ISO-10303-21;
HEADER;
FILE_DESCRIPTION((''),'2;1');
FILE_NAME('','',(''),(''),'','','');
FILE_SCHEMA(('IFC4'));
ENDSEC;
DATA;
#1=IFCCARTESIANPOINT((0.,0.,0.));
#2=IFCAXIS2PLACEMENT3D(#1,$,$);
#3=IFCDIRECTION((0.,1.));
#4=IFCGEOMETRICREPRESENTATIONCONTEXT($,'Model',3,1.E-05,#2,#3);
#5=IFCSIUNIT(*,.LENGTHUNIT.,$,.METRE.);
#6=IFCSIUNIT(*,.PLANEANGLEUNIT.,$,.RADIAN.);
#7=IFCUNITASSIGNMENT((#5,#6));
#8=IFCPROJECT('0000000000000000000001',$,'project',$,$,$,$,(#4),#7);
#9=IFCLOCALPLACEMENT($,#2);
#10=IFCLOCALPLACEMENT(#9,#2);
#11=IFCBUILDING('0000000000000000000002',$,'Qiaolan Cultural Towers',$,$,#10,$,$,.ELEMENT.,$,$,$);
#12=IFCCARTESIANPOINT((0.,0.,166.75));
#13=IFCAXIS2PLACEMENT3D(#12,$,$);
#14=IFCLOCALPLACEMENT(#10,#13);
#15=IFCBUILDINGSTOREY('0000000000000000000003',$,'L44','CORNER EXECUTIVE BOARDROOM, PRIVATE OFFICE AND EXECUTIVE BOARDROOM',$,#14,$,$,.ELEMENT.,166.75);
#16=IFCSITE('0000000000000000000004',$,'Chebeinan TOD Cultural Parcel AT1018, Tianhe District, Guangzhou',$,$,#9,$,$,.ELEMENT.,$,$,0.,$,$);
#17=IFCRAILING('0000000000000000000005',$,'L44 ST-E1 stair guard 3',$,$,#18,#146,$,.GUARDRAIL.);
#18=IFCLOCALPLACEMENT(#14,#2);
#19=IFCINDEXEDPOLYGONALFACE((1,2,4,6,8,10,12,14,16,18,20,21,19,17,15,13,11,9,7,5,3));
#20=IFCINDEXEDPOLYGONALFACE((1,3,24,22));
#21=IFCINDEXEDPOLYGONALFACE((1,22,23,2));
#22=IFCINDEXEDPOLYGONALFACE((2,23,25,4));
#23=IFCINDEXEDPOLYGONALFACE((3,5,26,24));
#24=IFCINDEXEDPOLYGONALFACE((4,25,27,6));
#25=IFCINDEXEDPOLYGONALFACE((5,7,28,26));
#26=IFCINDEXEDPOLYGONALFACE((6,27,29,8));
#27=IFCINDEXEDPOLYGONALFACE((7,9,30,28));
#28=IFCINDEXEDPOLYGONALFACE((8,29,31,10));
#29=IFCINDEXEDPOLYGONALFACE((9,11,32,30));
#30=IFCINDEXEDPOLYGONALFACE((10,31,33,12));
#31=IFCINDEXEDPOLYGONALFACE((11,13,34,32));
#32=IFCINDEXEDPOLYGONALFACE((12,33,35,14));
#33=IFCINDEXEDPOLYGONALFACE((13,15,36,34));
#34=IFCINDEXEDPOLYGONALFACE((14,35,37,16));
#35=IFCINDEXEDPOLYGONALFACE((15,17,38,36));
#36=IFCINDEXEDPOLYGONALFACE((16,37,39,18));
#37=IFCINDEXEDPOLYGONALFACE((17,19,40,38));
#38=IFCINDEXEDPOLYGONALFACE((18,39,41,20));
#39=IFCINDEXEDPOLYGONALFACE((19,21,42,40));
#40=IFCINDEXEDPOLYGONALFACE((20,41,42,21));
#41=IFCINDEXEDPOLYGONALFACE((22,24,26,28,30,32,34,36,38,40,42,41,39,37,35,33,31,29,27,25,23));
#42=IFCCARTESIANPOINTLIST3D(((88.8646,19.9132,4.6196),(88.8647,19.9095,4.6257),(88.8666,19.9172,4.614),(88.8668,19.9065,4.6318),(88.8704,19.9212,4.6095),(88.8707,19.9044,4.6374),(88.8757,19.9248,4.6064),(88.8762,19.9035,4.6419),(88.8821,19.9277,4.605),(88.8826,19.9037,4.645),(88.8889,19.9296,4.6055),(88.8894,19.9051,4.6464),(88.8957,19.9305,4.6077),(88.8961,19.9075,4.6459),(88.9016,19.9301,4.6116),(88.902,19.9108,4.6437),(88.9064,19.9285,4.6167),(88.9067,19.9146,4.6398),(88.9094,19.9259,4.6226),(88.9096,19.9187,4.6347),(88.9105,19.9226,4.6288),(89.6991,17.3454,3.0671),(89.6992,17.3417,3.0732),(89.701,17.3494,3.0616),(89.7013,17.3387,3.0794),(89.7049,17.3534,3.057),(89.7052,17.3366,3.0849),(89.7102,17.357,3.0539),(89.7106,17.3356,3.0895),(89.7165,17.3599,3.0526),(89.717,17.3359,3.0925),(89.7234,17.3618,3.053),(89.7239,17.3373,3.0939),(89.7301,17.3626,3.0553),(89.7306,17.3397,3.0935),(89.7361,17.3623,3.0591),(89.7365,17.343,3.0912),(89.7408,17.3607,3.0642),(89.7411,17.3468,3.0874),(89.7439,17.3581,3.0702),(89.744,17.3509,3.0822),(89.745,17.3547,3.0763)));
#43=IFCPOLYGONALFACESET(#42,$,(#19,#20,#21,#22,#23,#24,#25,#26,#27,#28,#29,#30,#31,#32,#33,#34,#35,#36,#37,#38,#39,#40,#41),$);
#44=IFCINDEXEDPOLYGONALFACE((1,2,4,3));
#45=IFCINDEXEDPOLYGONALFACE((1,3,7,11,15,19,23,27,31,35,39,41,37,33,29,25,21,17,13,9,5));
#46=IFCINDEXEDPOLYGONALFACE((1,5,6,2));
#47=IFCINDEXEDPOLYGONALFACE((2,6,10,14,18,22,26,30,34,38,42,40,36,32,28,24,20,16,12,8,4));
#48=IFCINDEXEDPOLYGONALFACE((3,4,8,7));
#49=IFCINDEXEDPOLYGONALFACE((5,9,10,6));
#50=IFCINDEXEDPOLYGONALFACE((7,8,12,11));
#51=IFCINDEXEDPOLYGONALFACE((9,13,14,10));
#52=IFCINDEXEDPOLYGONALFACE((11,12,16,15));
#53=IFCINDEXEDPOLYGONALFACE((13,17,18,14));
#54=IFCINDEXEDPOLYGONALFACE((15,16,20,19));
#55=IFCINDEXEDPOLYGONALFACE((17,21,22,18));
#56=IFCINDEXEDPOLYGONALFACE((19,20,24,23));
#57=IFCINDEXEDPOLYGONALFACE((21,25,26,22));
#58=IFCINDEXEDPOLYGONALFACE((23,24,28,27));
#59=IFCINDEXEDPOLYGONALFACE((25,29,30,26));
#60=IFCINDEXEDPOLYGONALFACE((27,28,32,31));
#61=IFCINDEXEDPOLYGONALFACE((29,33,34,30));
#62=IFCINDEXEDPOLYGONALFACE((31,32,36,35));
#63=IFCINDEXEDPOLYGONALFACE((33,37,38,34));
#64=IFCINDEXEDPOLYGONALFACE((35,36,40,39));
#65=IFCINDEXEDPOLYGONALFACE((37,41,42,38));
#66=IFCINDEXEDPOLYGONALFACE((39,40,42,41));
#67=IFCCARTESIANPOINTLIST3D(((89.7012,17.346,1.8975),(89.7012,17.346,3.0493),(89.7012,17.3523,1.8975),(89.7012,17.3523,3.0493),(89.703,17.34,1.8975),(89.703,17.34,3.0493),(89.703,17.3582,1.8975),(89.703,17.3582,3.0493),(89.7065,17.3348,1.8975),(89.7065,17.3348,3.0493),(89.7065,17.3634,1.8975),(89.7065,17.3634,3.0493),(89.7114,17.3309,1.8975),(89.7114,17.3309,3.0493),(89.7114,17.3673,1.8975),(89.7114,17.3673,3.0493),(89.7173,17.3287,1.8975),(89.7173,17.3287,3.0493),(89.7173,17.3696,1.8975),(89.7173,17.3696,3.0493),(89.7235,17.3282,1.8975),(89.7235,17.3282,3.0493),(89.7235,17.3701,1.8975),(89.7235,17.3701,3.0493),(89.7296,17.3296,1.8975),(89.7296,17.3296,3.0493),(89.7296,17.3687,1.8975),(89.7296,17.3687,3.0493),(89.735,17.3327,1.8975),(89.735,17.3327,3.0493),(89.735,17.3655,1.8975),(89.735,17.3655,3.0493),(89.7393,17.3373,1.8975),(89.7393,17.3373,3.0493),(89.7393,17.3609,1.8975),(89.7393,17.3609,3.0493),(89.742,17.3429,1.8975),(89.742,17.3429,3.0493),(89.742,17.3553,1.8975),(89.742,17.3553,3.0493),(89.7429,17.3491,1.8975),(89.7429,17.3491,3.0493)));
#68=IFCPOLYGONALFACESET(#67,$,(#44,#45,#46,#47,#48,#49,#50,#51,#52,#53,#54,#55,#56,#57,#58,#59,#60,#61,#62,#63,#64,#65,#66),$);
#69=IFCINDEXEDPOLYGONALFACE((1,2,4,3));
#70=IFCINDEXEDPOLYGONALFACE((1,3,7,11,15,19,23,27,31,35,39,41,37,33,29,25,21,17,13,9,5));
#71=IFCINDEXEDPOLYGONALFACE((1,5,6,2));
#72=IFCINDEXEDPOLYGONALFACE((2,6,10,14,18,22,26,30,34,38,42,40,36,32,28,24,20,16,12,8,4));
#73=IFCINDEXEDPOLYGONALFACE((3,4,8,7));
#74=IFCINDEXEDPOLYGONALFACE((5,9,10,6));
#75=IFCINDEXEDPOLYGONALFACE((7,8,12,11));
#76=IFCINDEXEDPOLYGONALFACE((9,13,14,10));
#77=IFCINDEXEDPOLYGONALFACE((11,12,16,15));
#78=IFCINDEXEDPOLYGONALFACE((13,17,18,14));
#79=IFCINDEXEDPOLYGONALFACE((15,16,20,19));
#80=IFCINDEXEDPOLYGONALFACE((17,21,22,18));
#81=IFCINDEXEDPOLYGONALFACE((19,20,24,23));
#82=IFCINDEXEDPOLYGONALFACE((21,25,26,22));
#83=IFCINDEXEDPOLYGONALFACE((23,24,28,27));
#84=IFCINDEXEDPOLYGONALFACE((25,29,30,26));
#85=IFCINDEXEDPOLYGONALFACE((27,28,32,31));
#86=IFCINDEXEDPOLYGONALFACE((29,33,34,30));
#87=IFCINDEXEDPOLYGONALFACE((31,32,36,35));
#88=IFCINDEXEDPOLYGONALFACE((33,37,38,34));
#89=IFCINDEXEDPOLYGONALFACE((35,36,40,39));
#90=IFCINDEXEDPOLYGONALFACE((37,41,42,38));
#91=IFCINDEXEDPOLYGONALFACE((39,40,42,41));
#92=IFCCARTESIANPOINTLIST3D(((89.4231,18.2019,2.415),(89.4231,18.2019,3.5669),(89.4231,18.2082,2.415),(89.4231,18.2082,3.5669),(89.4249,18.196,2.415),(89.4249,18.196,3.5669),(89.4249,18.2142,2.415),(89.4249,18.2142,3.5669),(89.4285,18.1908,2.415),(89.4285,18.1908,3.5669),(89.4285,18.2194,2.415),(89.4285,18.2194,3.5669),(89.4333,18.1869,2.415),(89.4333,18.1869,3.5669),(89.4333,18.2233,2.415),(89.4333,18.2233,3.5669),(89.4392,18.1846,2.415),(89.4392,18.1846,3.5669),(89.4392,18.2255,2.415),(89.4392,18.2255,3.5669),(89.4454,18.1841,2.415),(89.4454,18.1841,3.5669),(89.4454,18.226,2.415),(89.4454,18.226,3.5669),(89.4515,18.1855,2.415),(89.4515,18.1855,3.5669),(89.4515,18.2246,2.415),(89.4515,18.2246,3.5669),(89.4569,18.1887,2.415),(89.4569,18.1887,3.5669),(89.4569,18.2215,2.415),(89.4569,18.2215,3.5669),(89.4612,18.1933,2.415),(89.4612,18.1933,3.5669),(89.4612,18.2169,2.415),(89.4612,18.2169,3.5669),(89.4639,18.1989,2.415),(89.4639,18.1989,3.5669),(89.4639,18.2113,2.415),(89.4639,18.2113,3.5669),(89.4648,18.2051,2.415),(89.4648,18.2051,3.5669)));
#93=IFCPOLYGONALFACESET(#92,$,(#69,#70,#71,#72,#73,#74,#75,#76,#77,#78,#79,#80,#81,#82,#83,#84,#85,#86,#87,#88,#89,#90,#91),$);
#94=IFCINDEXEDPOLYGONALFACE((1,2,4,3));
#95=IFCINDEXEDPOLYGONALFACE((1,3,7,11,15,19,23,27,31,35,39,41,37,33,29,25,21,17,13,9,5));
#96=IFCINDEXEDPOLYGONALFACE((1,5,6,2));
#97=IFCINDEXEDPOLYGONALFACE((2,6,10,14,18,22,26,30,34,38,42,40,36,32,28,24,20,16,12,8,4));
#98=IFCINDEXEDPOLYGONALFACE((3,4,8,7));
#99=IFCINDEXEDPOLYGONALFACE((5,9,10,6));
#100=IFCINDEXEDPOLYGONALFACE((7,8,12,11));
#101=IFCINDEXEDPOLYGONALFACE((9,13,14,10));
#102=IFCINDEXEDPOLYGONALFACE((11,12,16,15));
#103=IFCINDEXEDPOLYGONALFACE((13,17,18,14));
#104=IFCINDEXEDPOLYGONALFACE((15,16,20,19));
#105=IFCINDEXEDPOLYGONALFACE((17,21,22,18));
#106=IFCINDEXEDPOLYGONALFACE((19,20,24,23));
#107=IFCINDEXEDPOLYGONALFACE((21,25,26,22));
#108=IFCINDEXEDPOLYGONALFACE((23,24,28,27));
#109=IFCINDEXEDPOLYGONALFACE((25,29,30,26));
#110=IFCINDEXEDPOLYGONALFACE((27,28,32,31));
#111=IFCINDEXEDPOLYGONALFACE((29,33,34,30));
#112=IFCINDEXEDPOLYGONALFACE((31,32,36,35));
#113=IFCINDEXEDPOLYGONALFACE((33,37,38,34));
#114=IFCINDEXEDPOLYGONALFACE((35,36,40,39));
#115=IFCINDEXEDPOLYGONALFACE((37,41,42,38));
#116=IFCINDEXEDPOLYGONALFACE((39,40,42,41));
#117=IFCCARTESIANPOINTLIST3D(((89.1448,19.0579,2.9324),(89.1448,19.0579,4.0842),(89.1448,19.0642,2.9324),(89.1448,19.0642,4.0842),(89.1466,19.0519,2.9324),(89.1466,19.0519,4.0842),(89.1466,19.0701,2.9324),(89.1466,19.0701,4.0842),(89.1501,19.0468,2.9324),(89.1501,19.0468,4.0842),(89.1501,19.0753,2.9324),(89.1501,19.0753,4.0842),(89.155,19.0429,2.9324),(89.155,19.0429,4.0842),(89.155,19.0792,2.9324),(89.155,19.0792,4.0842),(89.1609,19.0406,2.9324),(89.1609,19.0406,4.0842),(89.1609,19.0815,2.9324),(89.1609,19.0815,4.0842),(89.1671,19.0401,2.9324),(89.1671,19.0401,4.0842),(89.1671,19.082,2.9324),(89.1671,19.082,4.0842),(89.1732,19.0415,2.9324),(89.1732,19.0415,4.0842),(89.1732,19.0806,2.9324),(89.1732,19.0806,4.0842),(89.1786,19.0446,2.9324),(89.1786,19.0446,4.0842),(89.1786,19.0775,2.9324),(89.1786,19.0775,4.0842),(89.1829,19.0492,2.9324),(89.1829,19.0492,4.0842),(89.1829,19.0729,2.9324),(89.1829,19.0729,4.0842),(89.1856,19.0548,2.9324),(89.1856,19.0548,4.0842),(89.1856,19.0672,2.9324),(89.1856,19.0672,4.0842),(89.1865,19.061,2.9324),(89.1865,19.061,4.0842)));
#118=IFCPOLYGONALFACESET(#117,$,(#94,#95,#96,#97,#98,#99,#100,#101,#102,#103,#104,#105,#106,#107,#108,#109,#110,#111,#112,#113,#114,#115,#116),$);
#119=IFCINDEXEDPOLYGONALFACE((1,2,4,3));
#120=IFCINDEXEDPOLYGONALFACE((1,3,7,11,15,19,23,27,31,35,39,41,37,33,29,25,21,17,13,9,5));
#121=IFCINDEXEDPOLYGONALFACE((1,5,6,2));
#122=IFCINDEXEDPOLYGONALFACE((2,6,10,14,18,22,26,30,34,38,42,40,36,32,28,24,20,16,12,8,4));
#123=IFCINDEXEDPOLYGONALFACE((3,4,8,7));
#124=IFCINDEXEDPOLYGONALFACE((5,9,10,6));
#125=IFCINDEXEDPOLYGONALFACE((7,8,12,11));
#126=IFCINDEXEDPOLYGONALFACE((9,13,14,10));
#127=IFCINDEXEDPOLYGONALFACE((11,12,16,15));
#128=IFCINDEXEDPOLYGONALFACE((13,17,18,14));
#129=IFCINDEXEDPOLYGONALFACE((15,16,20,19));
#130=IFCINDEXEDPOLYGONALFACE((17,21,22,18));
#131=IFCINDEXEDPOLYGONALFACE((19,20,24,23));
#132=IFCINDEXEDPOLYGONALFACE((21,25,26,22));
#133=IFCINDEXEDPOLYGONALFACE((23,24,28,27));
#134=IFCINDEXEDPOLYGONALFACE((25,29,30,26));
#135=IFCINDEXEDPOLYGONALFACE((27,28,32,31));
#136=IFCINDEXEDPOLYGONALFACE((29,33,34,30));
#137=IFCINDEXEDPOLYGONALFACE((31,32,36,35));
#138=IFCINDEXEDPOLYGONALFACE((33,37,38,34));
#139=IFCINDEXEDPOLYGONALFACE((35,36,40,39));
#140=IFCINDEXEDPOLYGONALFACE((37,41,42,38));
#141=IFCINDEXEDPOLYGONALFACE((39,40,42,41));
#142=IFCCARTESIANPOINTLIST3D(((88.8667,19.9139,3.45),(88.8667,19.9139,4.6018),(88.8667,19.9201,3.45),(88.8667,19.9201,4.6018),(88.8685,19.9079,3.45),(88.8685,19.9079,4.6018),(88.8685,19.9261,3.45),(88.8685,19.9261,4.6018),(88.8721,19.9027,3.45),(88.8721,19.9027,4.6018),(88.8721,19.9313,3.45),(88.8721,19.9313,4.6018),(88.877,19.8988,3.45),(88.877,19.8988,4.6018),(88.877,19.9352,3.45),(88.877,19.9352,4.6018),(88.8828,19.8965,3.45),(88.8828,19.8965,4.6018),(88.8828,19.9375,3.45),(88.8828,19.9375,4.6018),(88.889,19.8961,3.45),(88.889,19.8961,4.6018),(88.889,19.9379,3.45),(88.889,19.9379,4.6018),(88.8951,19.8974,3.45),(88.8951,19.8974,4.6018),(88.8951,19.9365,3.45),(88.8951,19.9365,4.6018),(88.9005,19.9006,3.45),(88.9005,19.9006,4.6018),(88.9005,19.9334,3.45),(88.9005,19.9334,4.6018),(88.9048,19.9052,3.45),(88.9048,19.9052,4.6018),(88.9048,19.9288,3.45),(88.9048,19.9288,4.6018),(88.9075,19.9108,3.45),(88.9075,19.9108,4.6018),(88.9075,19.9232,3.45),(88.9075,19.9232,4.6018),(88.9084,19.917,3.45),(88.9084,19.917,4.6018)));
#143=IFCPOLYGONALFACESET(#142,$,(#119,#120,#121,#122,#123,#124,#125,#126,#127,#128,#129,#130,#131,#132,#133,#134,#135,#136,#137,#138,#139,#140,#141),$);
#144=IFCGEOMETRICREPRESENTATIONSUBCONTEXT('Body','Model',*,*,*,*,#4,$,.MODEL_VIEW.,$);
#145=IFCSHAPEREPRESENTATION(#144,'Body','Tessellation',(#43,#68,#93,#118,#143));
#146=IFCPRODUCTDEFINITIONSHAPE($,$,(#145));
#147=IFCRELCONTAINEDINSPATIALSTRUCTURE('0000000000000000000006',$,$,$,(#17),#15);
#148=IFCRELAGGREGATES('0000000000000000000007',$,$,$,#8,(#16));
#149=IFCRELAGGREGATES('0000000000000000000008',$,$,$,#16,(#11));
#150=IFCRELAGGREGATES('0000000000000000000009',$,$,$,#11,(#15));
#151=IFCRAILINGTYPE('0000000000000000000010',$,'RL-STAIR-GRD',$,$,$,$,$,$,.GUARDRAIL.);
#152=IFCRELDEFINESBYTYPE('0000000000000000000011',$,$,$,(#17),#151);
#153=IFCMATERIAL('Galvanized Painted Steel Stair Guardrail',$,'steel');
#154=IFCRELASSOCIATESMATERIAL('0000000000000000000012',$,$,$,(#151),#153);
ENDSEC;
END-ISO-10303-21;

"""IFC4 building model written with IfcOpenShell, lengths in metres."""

from ifc_helpers import new_model, si_unit, direction, frame, origin, origin_2d, place, context, subcontext, project, spatial, circle, extrude, material, type_object, element, save


model = new_model("IFC4")

# Units and contexts
model_context = context("Model", 3, precision=1e-05, world=origin(), true_north=direction((0.0, 1.0)))
body_context = subcontext(model_context, "Body", "Model", "MODEL_VIEW")
ifc_project = project(units=[si_unit("LENGTHUNIT", "METRE"), si_unit("PLANEANGLEUNIT", "RADIAN")], contexts=[model_context])

# Site, building, storey
site_placement = place(None, origin())
site = spatial("IfcSite", under=ifc_project, at=site_placement, Name="Chebeinan TOD Cultural Parcel AT1018, Tianhe District, Guangzhou", CompositionType="ELEMENT", RefElevation=0.0)
building_placement = place(site_placement, origin())
building = spatial("IfcBuilding", under=site, at=building_placement, Name="Qiaolan Cultural Towers", CompositionType="ELEMENT")
storey_placement = place(building_placement, frame((0.0, 0.0, 166.75)))
storey = spatial("IfcBuildingStorey", under=building, at=storey_placement, Name="L44", Description="CORNER EXECUTIVE BOARDROOM, PRIVATE OFFICE AND EXECUTIVE BOARDROOM", CompositionType="ELEMENT", Elevation=166.75)

# Railing
ifc_material_1 = material(Name="Galvanized Painted Steel Stair Guardrail", Category="steel")
railing_type_1 = type_object("IfcRailingType", Name="RL-STAIR-GRD", PredefinedType="GUARDRAIL", material=ifc_material_1)
railing_1_placement = place(storey_placement, frame((89.7219, 17.3491, 1.8975)))
element("IfcRailing", 1, at=railing_1_placement, inside=storey, type_object=railing_type_1, Name="L44 ST-E1 stair guard 3", PredefinedType="GUARDRAIL", context=body_context, shape_type="SweptSolid", body=[
    extrude(circle(Radius=0.0239, at=origin_2d()), frame((0.0, 0.0, 1.1758), z_axis=(-0.267926, 0.824471, 0.498461), x_axis=(-0.951043, -0.309057, 0.0)), (0.0, 0.0, 1.0), 3.1145),
    extrude(circle(Radius=0.021, at=origin_2d()), origin(), (0.0, 0.0, 1.0), 1.1519),
    extrude(circle(Radius=0.021, at=origin_2d()), frame((-0.2781, 0.856, 0.5176)), (0.0, 0.0, 1.0), 1.1519),
    extrude(circle(Radius=0.021, at=origin_2d()), frame((-0.5564, 1.7119, 1.0349)), (0.0, 0.0, 1.0), 1.1519),
    extrude(circle(Radius=0.021, at=origin_2d()), frame((-0.8345, 2.5679, 1.5525)), (0.0, 0.0, 1.0), 1.1519),
])

save(model, "model.ifc")
